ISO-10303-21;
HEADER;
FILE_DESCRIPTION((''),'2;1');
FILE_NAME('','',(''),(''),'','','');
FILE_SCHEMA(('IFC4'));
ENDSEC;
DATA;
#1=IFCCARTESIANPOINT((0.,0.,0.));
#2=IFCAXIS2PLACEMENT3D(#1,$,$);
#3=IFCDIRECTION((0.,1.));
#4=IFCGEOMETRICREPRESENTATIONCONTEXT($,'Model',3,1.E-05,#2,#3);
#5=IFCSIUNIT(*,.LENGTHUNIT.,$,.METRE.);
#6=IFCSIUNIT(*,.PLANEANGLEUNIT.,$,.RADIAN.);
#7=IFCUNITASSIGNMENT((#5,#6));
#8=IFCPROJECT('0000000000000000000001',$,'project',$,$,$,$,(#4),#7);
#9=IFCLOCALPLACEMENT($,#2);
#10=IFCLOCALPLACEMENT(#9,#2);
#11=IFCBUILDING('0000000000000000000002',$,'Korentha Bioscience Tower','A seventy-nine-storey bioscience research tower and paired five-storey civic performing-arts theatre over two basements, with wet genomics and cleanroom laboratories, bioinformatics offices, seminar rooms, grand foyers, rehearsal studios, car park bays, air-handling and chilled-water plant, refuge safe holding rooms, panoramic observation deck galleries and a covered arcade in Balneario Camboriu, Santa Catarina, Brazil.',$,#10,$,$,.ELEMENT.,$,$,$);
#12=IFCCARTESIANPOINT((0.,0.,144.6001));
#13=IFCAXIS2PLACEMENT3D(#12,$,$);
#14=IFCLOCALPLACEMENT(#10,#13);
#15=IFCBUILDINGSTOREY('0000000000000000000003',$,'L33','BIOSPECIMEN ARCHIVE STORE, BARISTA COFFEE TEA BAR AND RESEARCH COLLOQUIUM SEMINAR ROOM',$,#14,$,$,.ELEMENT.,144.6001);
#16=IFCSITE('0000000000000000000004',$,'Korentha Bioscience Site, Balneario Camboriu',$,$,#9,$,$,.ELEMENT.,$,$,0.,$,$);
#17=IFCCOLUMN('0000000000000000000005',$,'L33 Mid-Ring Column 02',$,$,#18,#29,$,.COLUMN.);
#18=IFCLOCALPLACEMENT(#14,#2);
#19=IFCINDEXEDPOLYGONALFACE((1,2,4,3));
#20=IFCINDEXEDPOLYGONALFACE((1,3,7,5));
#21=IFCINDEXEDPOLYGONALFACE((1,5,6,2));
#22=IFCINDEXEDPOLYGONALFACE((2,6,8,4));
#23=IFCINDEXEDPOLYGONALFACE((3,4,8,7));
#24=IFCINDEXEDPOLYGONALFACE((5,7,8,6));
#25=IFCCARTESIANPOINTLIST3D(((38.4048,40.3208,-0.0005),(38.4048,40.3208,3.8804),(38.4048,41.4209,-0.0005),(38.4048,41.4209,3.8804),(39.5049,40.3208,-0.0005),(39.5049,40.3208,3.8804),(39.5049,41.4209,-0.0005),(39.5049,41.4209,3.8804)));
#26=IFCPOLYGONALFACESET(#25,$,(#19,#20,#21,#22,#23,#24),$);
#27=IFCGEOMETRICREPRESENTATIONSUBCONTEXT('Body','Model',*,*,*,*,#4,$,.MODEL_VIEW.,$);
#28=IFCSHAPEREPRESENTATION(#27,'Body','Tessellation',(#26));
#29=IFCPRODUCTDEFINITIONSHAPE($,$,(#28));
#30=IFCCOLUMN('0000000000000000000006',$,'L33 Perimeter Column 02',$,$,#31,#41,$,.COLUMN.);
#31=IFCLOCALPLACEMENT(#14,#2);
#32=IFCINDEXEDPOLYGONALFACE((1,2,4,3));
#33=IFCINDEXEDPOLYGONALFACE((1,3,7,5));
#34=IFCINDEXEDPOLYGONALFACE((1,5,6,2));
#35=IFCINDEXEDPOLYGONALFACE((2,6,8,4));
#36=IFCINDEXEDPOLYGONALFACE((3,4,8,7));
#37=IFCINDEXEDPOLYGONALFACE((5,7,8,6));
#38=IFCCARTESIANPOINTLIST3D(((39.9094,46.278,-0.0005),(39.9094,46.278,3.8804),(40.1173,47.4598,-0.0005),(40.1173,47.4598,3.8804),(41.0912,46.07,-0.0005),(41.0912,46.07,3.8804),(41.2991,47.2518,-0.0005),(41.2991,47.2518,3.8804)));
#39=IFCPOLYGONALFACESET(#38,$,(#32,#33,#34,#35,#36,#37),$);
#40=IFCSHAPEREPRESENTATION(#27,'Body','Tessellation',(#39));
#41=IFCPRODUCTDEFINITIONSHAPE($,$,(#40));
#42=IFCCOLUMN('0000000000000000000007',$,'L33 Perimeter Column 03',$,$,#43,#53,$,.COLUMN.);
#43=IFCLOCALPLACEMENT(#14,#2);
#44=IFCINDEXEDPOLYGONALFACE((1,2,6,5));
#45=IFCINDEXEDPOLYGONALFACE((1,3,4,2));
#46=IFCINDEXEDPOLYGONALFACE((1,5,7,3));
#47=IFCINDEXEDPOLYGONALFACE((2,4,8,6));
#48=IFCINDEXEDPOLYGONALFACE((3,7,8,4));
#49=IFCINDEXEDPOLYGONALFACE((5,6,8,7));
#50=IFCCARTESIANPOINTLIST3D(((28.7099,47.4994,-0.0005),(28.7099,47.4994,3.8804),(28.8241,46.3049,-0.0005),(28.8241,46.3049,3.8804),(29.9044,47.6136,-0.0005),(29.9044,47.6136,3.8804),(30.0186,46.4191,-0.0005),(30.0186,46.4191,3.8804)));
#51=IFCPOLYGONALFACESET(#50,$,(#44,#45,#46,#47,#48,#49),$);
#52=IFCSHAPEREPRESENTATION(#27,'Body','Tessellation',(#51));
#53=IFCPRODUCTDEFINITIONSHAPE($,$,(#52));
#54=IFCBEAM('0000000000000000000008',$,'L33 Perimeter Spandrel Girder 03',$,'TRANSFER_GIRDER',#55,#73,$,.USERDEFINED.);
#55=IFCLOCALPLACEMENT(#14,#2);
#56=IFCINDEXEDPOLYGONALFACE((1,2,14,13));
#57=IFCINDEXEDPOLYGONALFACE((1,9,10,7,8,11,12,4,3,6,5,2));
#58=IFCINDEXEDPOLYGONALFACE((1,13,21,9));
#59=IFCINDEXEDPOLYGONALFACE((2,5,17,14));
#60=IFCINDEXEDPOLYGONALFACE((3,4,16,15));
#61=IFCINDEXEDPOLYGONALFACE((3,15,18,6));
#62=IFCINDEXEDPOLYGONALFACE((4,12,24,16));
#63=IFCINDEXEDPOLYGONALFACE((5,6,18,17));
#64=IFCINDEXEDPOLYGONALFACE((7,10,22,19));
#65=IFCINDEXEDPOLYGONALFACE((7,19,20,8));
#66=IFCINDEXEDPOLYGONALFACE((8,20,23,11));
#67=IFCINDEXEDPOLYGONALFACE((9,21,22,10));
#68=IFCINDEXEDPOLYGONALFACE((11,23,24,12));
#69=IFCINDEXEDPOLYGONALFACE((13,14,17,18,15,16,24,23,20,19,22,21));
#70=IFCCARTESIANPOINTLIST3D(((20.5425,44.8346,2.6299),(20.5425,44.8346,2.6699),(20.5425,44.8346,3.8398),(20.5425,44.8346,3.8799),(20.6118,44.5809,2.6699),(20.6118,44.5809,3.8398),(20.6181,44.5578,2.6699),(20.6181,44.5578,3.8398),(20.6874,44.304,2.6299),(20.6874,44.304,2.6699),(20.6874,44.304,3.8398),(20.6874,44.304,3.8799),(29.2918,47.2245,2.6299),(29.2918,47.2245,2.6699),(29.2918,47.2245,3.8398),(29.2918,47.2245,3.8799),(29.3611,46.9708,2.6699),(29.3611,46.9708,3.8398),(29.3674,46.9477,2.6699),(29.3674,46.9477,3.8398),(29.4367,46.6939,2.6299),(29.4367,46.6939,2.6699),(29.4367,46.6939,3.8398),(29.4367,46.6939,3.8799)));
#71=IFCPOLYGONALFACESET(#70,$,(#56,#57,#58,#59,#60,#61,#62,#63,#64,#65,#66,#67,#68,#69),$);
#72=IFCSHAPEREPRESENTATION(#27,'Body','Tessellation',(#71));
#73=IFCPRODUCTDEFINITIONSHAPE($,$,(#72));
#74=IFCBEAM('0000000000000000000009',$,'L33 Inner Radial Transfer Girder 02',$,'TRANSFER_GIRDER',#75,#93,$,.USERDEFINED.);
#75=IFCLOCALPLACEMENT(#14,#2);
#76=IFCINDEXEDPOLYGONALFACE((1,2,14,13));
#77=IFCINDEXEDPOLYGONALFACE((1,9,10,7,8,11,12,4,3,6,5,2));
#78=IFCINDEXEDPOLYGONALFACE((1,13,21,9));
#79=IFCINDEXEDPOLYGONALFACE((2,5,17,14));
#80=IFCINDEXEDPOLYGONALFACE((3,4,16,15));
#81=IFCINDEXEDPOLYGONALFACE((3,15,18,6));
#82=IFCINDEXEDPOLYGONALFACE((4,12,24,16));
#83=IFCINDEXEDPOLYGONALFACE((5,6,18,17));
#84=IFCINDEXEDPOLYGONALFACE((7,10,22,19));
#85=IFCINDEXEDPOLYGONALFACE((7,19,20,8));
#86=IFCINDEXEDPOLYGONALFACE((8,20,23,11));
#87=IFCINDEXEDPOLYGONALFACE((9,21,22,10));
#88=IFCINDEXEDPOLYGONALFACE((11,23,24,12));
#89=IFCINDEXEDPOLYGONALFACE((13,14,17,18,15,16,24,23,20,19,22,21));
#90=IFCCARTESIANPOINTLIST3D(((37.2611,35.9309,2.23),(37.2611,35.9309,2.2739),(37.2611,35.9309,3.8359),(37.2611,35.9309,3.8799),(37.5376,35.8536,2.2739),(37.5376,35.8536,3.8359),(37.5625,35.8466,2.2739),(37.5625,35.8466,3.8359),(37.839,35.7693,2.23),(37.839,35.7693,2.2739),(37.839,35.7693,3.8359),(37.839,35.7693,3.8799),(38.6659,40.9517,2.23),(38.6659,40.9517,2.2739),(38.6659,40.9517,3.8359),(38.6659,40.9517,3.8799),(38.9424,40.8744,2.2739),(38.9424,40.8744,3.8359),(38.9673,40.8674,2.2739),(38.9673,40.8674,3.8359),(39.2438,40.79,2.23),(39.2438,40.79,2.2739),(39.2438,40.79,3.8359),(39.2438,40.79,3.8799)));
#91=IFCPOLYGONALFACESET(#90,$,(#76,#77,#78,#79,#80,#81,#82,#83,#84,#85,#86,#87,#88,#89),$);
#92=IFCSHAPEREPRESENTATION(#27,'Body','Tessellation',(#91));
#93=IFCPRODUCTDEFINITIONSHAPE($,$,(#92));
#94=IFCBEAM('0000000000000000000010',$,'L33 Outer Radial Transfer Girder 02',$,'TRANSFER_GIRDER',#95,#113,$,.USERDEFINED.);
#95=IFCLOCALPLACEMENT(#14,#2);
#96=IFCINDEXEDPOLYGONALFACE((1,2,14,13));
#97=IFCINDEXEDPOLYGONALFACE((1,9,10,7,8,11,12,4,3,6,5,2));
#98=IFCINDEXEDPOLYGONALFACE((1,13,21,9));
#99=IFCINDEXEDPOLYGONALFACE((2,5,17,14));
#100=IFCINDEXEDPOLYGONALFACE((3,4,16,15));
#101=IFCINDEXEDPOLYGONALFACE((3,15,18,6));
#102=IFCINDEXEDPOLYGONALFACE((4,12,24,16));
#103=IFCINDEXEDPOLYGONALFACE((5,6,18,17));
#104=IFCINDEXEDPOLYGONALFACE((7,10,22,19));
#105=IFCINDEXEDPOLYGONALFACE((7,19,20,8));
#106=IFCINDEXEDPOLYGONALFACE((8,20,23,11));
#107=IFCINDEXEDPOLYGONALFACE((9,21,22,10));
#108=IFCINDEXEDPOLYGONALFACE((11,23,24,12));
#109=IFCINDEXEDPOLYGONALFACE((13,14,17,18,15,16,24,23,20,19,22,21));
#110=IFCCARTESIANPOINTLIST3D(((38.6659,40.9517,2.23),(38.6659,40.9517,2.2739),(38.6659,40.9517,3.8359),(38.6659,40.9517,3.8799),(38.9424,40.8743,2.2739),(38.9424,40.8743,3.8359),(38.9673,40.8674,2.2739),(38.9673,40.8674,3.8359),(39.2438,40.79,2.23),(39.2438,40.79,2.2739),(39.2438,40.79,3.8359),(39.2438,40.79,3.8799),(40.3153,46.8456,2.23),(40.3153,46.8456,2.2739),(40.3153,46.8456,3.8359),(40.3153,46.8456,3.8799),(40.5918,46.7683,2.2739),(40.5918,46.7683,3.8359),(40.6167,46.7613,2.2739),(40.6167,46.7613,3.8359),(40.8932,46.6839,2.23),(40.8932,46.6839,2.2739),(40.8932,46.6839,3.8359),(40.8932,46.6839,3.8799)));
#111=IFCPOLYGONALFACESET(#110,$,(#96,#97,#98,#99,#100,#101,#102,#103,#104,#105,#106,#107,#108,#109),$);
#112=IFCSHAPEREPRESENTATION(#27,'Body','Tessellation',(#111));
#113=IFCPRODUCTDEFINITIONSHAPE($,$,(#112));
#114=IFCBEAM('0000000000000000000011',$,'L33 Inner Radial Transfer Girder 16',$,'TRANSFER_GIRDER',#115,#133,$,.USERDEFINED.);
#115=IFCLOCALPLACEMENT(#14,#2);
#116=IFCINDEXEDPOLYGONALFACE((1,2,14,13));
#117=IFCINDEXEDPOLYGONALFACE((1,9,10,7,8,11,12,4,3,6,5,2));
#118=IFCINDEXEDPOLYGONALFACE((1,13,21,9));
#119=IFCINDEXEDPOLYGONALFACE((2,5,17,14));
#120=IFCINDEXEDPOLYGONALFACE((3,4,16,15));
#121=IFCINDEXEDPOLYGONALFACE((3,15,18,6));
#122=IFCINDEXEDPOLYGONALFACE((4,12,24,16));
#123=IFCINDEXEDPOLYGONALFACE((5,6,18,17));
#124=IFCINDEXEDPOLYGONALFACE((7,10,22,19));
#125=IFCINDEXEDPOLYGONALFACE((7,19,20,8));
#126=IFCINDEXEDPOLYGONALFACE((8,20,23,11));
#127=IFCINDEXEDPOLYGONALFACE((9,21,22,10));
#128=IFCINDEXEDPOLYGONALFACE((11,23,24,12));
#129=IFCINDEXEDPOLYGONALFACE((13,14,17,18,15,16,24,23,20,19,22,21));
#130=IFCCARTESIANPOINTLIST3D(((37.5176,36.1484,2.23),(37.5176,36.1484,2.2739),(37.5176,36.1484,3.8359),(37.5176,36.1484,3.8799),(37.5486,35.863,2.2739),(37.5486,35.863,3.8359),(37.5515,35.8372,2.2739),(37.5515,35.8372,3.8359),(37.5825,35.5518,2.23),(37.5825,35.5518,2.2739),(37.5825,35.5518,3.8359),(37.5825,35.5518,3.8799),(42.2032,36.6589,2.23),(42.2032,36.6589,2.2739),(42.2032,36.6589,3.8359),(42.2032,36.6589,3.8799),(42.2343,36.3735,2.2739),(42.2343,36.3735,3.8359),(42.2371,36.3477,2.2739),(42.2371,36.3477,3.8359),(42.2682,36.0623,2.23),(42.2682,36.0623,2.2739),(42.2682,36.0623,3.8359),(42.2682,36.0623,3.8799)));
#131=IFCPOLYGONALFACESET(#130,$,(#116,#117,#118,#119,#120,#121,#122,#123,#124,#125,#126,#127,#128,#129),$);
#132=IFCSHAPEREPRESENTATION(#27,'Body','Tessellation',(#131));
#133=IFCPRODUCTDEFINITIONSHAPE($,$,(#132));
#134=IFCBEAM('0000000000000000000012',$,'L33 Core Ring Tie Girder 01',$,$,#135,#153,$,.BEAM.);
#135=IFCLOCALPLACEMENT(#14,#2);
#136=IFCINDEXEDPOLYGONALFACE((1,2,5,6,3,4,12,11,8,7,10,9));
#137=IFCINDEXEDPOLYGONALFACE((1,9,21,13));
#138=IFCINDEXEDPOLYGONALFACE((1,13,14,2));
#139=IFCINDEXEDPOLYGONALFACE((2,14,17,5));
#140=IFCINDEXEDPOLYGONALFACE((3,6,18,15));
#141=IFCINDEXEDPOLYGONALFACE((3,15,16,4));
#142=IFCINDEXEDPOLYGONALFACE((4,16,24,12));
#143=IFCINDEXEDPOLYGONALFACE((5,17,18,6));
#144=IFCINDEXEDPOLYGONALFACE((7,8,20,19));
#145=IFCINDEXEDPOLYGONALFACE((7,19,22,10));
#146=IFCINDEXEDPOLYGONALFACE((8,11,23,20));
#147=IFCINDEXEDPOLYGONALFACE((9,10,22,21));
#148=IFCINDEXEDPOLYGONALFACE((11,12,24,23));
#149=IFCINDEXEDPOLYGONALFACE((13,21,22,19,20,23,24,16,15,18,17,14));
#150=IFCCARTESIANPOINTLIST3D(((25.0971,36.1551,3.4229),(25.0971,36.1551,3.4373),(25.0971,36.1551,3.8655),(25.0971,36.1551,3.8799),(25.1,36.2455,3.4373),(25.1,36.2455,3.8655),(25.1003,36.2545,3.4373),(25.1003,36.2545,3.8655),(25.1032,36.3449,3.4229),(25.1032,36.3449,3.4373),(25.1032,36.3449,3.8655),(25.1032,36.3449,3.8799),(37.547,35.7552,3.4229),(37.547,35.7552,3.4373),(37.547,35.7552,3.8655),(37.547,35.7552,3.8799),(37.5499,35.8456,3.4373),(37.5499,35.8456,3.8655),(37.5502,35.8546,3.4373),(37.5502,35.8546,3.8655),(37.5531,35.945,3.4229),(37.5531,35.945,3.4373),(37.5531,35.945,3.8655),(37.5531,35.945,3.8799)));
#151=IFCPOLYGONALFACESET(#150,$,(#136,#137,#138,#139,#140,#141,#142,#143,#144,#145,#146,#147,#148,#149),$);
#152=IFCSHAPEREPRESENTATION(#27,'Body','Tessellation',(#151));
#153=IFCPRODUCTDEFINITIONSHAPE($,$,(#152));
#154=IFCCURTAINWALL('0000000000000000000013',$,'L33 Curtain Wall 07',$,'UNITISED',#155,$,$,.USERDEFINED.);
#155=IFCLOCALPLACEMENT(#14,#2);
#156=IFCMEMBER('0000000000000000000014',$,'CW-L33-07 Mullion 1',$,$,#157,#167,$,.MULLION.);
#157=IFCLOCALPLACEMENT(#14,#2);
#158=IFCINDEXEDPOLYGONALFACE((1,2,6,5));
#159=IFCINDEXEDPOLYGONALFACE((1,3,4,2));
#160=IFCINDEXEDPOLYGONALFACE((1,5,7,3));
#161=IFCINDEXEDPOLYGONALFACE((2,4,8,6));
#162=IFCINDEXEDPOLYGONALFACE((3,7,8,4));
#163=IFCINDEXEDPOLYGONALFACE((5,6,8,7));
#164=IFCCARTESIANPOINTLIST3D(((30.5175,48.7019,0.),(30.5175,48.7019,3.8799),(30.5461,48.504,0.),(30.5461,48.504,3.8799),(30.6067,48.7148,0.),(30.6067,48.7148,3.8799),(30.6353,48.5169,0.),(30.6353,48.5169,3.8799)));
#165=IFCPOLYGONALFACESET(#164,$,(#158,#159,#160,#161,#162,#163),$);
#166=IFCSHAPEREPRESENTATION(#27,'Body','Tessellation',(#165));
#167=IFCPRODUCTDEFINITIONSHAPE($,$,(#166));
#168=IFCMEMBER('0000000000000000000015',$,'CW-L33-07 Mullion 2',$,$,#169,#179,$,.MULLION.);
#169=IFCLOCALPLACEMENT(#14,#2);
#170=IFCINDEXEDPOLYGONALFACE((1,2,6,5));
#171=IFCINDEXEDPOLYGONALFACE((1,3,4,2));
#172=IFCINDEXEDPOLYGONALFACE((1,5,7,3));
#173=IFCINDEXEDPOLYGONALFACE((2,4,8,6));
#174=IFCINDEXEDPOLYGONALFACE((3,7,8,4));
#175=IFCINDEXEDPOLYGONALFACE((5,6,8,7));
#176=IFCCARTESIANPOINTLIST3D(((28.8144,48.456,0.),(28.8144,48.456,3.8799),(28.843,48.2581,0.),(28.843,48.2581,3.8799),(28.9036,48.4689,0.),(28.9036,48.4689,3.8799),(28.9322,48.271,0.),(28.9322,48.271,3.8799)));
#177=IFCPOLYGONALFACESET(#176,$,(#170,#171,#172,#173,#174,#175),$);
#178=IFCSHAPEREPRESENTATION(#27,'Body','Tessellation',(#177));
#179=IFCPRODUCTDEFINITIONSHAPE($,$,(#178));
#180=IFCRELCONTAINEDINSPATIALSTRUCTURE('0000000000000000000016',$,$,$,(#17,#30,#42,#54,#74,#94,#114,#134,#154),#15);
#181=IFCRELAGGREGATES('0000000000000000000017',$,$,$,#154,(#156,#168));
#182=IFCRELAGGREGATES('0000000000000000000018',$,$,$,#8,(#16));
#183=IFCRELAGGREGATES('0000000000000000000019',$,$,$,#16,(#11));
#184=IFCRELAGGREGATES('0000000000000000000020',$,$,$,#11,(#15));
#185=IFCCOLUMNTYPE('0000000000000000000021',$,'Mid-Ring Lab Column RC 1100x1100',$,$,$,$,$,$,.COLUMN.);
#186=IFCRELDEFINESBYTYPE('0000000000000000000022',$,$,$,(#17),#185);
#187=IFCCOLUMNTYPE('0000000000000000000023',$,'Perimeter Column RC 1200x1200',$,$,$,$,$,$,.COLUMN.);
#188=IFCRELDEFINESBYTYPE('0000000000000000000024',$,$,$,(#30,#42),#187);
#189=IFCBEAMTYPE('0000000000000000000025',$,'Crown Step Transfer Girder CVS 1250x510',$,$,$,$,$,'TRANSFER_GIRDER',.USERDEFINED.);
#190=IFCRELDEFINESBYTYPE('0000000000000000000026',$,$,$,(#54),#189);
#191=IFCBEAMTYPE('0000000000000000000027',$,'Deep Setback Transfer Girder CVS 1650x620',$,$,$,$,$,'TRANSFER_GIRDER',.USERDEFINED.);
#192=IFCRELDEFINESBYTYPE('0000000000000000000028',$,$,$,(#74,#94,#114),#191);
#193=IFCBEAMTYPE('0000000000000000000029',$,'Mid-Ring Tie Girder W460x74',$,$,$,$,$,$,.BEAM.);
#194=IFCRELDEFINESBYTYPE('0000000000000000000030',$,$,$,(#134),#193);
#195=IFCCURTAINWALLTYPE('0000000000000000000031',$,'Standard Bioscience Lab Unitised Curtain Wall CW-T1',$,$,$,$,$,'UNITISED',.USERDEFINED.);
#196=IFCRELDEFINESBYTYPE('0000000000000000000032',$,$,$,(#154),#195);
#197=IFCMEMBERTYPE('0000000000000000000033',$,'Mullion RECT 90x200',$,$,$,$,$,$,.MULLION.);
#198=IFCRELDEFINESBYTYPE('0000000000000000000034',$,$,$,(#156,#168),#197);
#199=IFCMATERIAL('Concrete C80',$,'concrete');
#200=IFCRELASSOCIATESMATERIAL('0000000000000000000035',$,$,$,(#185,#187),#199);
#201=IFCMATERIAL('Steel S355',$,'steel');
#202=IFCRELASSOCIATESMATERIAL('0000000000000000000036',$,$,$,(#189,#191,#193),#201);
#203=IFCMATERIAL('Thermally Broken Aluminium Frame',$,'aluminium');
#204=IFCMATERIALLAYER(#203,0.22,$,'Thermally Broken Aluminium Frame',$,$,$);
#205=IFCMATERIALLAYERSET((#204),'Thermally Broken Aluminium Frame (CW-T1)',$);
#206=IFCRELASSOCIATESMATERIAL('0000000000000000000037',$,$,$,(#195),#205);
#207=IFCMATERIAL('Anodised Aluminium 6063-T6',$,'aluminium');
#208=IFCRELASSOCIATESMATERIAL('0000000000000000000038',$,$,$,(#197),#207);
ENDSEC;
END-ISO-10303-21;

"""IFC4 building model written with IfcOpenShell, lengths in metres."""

from ifc_helpers import new_model, si_unit, direction, frame, origin, origin_2d, place, context, subcontext, project, spatial, rectangle, i_section, extrude, material, layer, layer_set, material_profile, profile_set, type_object, element, aggregate, save


model = new_model("IFC4")

# Units and contexts
model_context = context("Model", 3, precision=1e-05, world=origin(), true_north=direction((0.0, 1.0)))
body_context = subcontext(model_context, "Body", "Model", "MODEL_VIEW")
ifc_project = project(units=[si_unit("LENGTHUNIT", "METRE"), si_unit("PLANEANGLEUNIT", "RADIAN")], contexts=[model_context])

# Site, building, storey
site_placement = place(None, origin())
site = spatial("IfcSite", under=ifc_project, at=site_placement, Name="Korentha Bioscience Site, Balneario Camboriu", CompositionType="ELEMENT", RefElevation=0.0)
building_placement = place(site_placement, origin())
building = spatial("IfcBuilding", under=site, at=building_placement, Name="Korentha Bioscience Tower", Description="A seventy-nine-storey bioscience research tower and paired five-storey civic performing-arts theatre over two basements, with wet genomics and cleanroom laboratories, bioinformatics offices, seminar rooms, grand foyers, rehearsal studios, car park bays, air-handling and chilled-water plant, refuge safe holding rooms, panoramic observation deck galleries and a covered arcade in Balneario Camboriu, Santa Catarina, Brazil.", CompositionType="ELEMENT")
storey_placement = place(building_placement, frame((0.0, 0.0, 144.6001)))
storey = spatial("IfcBuildingStorey", under=building, at=storey_placement, Name="L33", Description="BIOSPECIMEN ARCHIVE STORE, BARISTA COFFEE TEA BAR AND RESEARCH COLLOQUIUM SEMINAR ROOM", CompositionType="ELEMENT", Elevation=144.6001)

# Columns
ifc_material_1 = material(Name="Concrete C80", Category="concrete")
ifc_material_profile_1 = material_profile(ifc_material_1, rectangle(XDim=1.1001, YDim=1.1001, at=origin_2d()), Name="Concrete C80")
ifc_profile_set_1 = profile_set([ifc_material_profile_1], Name="Concrete C80 (COL-MR11)")
column_type_1 = type_object("IfcColumnType", Name="Mid-Ring Lab Column RC 1100x1100", PredefinedType="COLUMN", material=ifc_profile_set_1)
column_placement = place(storey_placement, frame((38.9548, 40.8708, -0.0005), z_axis=(0.0, 0.0, 1.0), x_axis=(1.0, 0.0, 0.0)))
element("IfcColumn", 1, at=column_placement, inside=storey, type_object=column_type_1, Name="L33 Mid-Ring Column 02", PredefinedType="COLUMN", context=body_context, shape_type="SweptSolid", body=[
    extrude(rectangle(XDim=1.1001, YDim=1.1001, at=origin_2d()), origin(), (0.0, 0.0, 1.0), 3.8809),
])
ifc_material_profile_2 = material_profile(ifc_material_1, rectangle(XDim=1.2, YDim=1.2, at=origin_2d()), Name="Concrete C80")
ifc_profile_set_2 = profile_set([ifc_material_profile_2], Name="Concrete C80 (COL-P12)")
column_type_2 = type_object("IfcColumnType", Name="Perimeter Column RC 1200x1200", PredefinedType="COLUMN", material=ifc_profile_set_2)
for number, where, z_axis, x_axis, name in (
    (2, (40.6042, 46.7649, -0.0005), (0.0, 0.0, 1.0), (-0.984868, 0.173304, 0.0), "L33 Perimeter Column 02"),
    (3, (29.3643, 46.9592, -0.0005), (0.0, 0.0, 1.0), (0.995463, 0.095151, 0.0), "L33 Perimeter Column 03"),
):
    element("IfcColumn", number, at=place(storey_placement, frame(where, z_axis=z_axis, x_axis=x_axis)), inside=storey, type_object=column_type_2, Name=name, PredefinedType="COLUMN", context=body_context, shape_type="SweptSolid", body=[
        extrude(rectangle(XDim=1.2, YDim=1.2, at=origin_2d()), origin(), (0.0, 0.0, 1.0), 3.8809),
    ])

# Beams
ifc_material_2 = material(Name="Steel S355", Category="steel")
ifc_material_profile_3 = material_profile(ifc_material_2, i_section(OverallWidth=0.55, OverallDepth=1.25, WebThickness=0.0239, FlangeThickness=0.04, at=origin_2d()), Name="Steel S355")
ifc_profile_set_3 = profile_set([ifc_material_profile_3], Name="Steel S355 (TG-03)")
beam_type_1 = type_object("IfcBeamType", Name="Crown Step Transfer Girder CVS 1250x510", ElementType="TRANSFER_GIRDER", PredefinedType="USERDEFINED", material=ifc_profile_set_3)
beam_1_placement = place(storey_placement, frame((29.3643, 46.9592, 3.2549), z_axis=(-0.964659, -0.2635, 0.0), x_axis=(0.2635, -0.964659, 0.0)))
element("IfcBeam", 4, at=beam_1_placement, inside=storey, type_object=beam_type_1, Name="L33 Perimeter Spandrel Girder 03", ObjectType="TRANSFER_GIRDER", PredefinedType="USERDEFINED", context=body_context, shape_type="SweptSolid", body=[
    extrude(i_section(OverallWidth=0.55, OverallDepth=1.25, WebThickness=0.0239, FlangeThickness=0.04, at=origin_2d()), origin(), (0.0, 0.0, 1.0), 9.0698),
])
ifc_material_profile_4 = material_profile(ifc_material_2, i_section(OverallWidth=0.6001, OverallDepth=1.6499, WebThickness=0.0259, FlangeThickness=0.0439, at=origin_2d()), Name="Steel S355")
ifc_profile_set_4 = profile_set([ifc_material_profile_4], Name="Steel S355 (TG-04)")
beam_type_2 = type_object("IfcBeamType", Name="Deep Setback Transfer Girder CVS 1650x620", ElementType="TRANSFER_GIRDER", PredefinedType="USERDEFINED", material=ifc_profile_set_4)
beam_2_placement = place(storey_placement, frame((37.55, 35.8501, 3.0549), z_axis=(0.269448, 0.963015, 0.0), x_axis=(-0.963015, 0.269448, 0.0)))
element("IfcBeam", 5, at=beam_2_placement, inside=storey, type_object=beam_type_2, Name="L33 Inner Radial Transfer Girder 02", ObjectType="TRANSFER_GIRDER", PredefinedType="USERDEFINED", context=body_context, shape_type="SweptSolid", body=[
    extrude(i_section(OverallWidth=0.6001, OverallDepth=1.6499, WebThickness=0.0259, FlangeThickness=0.0439, at=origin_2d()), origin(), (0.0, 0.0, 1.0), 5.2136),
])
beam_3_placement = place(storey_placement, frame((38.9548, 40.8708, 3.0549), z_axis=(0.269491, 0.963003, 0.0), x_axis=(-0.963003, 0.269491, 0.0)))
element("IfcBeam", 6, at=beam_3_placement, inside=storey, type_object=beam_type_2, Name="L33 Outer Radial Transfer Girder 02", ObjectType="TRANSFER_GIRDER", PredefinedType="USERDEFINED", context=body_context, shape_type="SweptSolid", body=[
    extrude(i_section(OverallWidth=0.6001, OverallDepth=1.6499, WebThickness=0.0259, FlangeThickness=0.0439, at=origin_2d()), origin(), (0.0, 0.0, 1.0), 6.1204),
])
beam_4_placement = place(storey_placement, frame((37.55, 35.8501, 3.0549), z_axis=(0.994117, 0.108311, 0.0), x_axis=(-0.108311, 0.994117, 0.0)))
element("IfcBeam", 7, at=beam_4_placement, inside=storey, type_object=beam_type_2, Name="L33 Inner Radial Transfer Girder 16", ObjectType="TRANSFER_GIRDER", PredefinedType="USERDEFINED", context=body_context, shape_type="SweptSolid", body=[
    extrude(i_section(OverallWidth=0.6001, OverallDepth=1.6499, WebThickness=0.0259, FlangeThickness=0.0439, at=origin_2d()), origin(), (0.0, 0.0, 1.0), 4.7134),
])
ifc_material_profile_5 = material_profile(ifc_material_2, i_section(OverallWidth=0.1899, OverallDepth=0.457, WebThickness=0.009, FlangeThickness=0.0144, at=origin_2d()), Name="Steel S355")
ifc_profile_set_5 = profile_set([ifc_material_profile_5], Name="Steel S355 (MB-460)")
beam_type_3 = type_object("IfcBeamType", Name="Mid-Ring Tie Girder W460x74", PredefinedType="BEAM", material=ifc_profile_set_5)
beam_5_placement = place(storey_placement, frame((37.55, 35.8501, 3.6514), z_axis=(-0.999485, 0.032104, 0.0), x_axis=(-0.032104, -0.999485, 0.0)))
element("IfcBeam", 8, at=beam_5_placement, inside=storey, type_object=beam_type_3, Name="L33 Core Ring Tie Girder 01", PredefinedType="BEAM", context=body_context, shape_type="SweptSolid", body=[
    extrude(i_section(OverallWidth=0.1899, OverallDepth=0.457, WebThickness=0.009, FlangeThickness=0.0144, at=origin_2d()), origin(), (0.0, 0.0, 1.0), 12.4563),
])

# Curtain wall, members
ifc_material_3 = material(Name="Thermally Broken Aluminium Frame", Category="aluminium")
ifc_layer_1 = layer(ifc_material_3, 0.22, Name="Thermally Broken Aluminium Frame")
ifc_layer_set_1 = layer_set([ifc_layer_1], Name="Thermally Broken Aluminium Frame (CW-T1)")
curtain_wall_type = type_object("IfcCurtainWallType", Name="Standard Bioscience Lab Unitised Curtain Wall CW-T1", ElementType="UNITISED", PredefinedType="USERDEFINED", material=ifc_layer_set_1)
curtain_wall_placement = place(storey_placement, origin())
curtain_wall = element("IfcCurtainWall", 9, at=curtain_wall_placement, inside=storey, type_object=curtain_wall_type, Name="L33 Curtain Wall 07", ObjectType="UNITISED", PredefinedType="USERDEFINED")
ifc_material_4 = material(Name="Anodised Aluminium 6063-T6", Category="aluminium")
ifc_material_profile_6 = material_profile(ifc_material_4, rectangle(XDim=0.0901, YDim=0.2, at=origin_2d()), Name="Anodised Aluminium 6063-T6")
ifc_profile_set_6 = profile_set([ifc_material_profile_6], Name="Anodised Aluminium 6063-T6 (CW-MUL)")
member_type_1 = type_object("IfcMemberType", Name="Mullion RECT 90x200", PredefinedType="MULLION", material=ifc_profile_set_6)
member_1_placement = place(storey_placement, frame((30.5764, 48.6094, 0.0), z_axis=(0.0, 0.0, 1.0), x_axis=(-0.989738, -0.142892, 0.0)))
member_1 = element("IfcMember", 10, at=member_1_placement, type_object=member_type_1, Name="CW-L33-07 Mullion 1", PredefinedType="MULLION", context=body_context, shape_type="SweptSolid", body=[
    extrude(rectangle(XDim=0.0901, YDim=0.2, at=origin_2d()), origin(), (0.0, 0.0, 1.0), 3.8799),
])
member_2_placement = place(storey_placement, frame((28.8733, 48.3635, 0.0), z_axis=(0.0, 0.0, 1.0), x_axis=(-0.989738, -0.142892, 0.0)))
member_2 = element("IfcMember", 11, at=member_2_placement, type_object=member_type_1, Name="CW-L33-07 Mullion 2", PredefinedType="MULLION", context=body_context, shape_type="SweptSolid", body=[
    extrude(rectangle(XDim=0.0901, YDim=0.2, at=origin_2d()), origin(), (0.0, 0.0, 1.0), 3.8799),
])
aggregate(curtain_wall, [member_1, member_2])

save(model, "model.ifc")
